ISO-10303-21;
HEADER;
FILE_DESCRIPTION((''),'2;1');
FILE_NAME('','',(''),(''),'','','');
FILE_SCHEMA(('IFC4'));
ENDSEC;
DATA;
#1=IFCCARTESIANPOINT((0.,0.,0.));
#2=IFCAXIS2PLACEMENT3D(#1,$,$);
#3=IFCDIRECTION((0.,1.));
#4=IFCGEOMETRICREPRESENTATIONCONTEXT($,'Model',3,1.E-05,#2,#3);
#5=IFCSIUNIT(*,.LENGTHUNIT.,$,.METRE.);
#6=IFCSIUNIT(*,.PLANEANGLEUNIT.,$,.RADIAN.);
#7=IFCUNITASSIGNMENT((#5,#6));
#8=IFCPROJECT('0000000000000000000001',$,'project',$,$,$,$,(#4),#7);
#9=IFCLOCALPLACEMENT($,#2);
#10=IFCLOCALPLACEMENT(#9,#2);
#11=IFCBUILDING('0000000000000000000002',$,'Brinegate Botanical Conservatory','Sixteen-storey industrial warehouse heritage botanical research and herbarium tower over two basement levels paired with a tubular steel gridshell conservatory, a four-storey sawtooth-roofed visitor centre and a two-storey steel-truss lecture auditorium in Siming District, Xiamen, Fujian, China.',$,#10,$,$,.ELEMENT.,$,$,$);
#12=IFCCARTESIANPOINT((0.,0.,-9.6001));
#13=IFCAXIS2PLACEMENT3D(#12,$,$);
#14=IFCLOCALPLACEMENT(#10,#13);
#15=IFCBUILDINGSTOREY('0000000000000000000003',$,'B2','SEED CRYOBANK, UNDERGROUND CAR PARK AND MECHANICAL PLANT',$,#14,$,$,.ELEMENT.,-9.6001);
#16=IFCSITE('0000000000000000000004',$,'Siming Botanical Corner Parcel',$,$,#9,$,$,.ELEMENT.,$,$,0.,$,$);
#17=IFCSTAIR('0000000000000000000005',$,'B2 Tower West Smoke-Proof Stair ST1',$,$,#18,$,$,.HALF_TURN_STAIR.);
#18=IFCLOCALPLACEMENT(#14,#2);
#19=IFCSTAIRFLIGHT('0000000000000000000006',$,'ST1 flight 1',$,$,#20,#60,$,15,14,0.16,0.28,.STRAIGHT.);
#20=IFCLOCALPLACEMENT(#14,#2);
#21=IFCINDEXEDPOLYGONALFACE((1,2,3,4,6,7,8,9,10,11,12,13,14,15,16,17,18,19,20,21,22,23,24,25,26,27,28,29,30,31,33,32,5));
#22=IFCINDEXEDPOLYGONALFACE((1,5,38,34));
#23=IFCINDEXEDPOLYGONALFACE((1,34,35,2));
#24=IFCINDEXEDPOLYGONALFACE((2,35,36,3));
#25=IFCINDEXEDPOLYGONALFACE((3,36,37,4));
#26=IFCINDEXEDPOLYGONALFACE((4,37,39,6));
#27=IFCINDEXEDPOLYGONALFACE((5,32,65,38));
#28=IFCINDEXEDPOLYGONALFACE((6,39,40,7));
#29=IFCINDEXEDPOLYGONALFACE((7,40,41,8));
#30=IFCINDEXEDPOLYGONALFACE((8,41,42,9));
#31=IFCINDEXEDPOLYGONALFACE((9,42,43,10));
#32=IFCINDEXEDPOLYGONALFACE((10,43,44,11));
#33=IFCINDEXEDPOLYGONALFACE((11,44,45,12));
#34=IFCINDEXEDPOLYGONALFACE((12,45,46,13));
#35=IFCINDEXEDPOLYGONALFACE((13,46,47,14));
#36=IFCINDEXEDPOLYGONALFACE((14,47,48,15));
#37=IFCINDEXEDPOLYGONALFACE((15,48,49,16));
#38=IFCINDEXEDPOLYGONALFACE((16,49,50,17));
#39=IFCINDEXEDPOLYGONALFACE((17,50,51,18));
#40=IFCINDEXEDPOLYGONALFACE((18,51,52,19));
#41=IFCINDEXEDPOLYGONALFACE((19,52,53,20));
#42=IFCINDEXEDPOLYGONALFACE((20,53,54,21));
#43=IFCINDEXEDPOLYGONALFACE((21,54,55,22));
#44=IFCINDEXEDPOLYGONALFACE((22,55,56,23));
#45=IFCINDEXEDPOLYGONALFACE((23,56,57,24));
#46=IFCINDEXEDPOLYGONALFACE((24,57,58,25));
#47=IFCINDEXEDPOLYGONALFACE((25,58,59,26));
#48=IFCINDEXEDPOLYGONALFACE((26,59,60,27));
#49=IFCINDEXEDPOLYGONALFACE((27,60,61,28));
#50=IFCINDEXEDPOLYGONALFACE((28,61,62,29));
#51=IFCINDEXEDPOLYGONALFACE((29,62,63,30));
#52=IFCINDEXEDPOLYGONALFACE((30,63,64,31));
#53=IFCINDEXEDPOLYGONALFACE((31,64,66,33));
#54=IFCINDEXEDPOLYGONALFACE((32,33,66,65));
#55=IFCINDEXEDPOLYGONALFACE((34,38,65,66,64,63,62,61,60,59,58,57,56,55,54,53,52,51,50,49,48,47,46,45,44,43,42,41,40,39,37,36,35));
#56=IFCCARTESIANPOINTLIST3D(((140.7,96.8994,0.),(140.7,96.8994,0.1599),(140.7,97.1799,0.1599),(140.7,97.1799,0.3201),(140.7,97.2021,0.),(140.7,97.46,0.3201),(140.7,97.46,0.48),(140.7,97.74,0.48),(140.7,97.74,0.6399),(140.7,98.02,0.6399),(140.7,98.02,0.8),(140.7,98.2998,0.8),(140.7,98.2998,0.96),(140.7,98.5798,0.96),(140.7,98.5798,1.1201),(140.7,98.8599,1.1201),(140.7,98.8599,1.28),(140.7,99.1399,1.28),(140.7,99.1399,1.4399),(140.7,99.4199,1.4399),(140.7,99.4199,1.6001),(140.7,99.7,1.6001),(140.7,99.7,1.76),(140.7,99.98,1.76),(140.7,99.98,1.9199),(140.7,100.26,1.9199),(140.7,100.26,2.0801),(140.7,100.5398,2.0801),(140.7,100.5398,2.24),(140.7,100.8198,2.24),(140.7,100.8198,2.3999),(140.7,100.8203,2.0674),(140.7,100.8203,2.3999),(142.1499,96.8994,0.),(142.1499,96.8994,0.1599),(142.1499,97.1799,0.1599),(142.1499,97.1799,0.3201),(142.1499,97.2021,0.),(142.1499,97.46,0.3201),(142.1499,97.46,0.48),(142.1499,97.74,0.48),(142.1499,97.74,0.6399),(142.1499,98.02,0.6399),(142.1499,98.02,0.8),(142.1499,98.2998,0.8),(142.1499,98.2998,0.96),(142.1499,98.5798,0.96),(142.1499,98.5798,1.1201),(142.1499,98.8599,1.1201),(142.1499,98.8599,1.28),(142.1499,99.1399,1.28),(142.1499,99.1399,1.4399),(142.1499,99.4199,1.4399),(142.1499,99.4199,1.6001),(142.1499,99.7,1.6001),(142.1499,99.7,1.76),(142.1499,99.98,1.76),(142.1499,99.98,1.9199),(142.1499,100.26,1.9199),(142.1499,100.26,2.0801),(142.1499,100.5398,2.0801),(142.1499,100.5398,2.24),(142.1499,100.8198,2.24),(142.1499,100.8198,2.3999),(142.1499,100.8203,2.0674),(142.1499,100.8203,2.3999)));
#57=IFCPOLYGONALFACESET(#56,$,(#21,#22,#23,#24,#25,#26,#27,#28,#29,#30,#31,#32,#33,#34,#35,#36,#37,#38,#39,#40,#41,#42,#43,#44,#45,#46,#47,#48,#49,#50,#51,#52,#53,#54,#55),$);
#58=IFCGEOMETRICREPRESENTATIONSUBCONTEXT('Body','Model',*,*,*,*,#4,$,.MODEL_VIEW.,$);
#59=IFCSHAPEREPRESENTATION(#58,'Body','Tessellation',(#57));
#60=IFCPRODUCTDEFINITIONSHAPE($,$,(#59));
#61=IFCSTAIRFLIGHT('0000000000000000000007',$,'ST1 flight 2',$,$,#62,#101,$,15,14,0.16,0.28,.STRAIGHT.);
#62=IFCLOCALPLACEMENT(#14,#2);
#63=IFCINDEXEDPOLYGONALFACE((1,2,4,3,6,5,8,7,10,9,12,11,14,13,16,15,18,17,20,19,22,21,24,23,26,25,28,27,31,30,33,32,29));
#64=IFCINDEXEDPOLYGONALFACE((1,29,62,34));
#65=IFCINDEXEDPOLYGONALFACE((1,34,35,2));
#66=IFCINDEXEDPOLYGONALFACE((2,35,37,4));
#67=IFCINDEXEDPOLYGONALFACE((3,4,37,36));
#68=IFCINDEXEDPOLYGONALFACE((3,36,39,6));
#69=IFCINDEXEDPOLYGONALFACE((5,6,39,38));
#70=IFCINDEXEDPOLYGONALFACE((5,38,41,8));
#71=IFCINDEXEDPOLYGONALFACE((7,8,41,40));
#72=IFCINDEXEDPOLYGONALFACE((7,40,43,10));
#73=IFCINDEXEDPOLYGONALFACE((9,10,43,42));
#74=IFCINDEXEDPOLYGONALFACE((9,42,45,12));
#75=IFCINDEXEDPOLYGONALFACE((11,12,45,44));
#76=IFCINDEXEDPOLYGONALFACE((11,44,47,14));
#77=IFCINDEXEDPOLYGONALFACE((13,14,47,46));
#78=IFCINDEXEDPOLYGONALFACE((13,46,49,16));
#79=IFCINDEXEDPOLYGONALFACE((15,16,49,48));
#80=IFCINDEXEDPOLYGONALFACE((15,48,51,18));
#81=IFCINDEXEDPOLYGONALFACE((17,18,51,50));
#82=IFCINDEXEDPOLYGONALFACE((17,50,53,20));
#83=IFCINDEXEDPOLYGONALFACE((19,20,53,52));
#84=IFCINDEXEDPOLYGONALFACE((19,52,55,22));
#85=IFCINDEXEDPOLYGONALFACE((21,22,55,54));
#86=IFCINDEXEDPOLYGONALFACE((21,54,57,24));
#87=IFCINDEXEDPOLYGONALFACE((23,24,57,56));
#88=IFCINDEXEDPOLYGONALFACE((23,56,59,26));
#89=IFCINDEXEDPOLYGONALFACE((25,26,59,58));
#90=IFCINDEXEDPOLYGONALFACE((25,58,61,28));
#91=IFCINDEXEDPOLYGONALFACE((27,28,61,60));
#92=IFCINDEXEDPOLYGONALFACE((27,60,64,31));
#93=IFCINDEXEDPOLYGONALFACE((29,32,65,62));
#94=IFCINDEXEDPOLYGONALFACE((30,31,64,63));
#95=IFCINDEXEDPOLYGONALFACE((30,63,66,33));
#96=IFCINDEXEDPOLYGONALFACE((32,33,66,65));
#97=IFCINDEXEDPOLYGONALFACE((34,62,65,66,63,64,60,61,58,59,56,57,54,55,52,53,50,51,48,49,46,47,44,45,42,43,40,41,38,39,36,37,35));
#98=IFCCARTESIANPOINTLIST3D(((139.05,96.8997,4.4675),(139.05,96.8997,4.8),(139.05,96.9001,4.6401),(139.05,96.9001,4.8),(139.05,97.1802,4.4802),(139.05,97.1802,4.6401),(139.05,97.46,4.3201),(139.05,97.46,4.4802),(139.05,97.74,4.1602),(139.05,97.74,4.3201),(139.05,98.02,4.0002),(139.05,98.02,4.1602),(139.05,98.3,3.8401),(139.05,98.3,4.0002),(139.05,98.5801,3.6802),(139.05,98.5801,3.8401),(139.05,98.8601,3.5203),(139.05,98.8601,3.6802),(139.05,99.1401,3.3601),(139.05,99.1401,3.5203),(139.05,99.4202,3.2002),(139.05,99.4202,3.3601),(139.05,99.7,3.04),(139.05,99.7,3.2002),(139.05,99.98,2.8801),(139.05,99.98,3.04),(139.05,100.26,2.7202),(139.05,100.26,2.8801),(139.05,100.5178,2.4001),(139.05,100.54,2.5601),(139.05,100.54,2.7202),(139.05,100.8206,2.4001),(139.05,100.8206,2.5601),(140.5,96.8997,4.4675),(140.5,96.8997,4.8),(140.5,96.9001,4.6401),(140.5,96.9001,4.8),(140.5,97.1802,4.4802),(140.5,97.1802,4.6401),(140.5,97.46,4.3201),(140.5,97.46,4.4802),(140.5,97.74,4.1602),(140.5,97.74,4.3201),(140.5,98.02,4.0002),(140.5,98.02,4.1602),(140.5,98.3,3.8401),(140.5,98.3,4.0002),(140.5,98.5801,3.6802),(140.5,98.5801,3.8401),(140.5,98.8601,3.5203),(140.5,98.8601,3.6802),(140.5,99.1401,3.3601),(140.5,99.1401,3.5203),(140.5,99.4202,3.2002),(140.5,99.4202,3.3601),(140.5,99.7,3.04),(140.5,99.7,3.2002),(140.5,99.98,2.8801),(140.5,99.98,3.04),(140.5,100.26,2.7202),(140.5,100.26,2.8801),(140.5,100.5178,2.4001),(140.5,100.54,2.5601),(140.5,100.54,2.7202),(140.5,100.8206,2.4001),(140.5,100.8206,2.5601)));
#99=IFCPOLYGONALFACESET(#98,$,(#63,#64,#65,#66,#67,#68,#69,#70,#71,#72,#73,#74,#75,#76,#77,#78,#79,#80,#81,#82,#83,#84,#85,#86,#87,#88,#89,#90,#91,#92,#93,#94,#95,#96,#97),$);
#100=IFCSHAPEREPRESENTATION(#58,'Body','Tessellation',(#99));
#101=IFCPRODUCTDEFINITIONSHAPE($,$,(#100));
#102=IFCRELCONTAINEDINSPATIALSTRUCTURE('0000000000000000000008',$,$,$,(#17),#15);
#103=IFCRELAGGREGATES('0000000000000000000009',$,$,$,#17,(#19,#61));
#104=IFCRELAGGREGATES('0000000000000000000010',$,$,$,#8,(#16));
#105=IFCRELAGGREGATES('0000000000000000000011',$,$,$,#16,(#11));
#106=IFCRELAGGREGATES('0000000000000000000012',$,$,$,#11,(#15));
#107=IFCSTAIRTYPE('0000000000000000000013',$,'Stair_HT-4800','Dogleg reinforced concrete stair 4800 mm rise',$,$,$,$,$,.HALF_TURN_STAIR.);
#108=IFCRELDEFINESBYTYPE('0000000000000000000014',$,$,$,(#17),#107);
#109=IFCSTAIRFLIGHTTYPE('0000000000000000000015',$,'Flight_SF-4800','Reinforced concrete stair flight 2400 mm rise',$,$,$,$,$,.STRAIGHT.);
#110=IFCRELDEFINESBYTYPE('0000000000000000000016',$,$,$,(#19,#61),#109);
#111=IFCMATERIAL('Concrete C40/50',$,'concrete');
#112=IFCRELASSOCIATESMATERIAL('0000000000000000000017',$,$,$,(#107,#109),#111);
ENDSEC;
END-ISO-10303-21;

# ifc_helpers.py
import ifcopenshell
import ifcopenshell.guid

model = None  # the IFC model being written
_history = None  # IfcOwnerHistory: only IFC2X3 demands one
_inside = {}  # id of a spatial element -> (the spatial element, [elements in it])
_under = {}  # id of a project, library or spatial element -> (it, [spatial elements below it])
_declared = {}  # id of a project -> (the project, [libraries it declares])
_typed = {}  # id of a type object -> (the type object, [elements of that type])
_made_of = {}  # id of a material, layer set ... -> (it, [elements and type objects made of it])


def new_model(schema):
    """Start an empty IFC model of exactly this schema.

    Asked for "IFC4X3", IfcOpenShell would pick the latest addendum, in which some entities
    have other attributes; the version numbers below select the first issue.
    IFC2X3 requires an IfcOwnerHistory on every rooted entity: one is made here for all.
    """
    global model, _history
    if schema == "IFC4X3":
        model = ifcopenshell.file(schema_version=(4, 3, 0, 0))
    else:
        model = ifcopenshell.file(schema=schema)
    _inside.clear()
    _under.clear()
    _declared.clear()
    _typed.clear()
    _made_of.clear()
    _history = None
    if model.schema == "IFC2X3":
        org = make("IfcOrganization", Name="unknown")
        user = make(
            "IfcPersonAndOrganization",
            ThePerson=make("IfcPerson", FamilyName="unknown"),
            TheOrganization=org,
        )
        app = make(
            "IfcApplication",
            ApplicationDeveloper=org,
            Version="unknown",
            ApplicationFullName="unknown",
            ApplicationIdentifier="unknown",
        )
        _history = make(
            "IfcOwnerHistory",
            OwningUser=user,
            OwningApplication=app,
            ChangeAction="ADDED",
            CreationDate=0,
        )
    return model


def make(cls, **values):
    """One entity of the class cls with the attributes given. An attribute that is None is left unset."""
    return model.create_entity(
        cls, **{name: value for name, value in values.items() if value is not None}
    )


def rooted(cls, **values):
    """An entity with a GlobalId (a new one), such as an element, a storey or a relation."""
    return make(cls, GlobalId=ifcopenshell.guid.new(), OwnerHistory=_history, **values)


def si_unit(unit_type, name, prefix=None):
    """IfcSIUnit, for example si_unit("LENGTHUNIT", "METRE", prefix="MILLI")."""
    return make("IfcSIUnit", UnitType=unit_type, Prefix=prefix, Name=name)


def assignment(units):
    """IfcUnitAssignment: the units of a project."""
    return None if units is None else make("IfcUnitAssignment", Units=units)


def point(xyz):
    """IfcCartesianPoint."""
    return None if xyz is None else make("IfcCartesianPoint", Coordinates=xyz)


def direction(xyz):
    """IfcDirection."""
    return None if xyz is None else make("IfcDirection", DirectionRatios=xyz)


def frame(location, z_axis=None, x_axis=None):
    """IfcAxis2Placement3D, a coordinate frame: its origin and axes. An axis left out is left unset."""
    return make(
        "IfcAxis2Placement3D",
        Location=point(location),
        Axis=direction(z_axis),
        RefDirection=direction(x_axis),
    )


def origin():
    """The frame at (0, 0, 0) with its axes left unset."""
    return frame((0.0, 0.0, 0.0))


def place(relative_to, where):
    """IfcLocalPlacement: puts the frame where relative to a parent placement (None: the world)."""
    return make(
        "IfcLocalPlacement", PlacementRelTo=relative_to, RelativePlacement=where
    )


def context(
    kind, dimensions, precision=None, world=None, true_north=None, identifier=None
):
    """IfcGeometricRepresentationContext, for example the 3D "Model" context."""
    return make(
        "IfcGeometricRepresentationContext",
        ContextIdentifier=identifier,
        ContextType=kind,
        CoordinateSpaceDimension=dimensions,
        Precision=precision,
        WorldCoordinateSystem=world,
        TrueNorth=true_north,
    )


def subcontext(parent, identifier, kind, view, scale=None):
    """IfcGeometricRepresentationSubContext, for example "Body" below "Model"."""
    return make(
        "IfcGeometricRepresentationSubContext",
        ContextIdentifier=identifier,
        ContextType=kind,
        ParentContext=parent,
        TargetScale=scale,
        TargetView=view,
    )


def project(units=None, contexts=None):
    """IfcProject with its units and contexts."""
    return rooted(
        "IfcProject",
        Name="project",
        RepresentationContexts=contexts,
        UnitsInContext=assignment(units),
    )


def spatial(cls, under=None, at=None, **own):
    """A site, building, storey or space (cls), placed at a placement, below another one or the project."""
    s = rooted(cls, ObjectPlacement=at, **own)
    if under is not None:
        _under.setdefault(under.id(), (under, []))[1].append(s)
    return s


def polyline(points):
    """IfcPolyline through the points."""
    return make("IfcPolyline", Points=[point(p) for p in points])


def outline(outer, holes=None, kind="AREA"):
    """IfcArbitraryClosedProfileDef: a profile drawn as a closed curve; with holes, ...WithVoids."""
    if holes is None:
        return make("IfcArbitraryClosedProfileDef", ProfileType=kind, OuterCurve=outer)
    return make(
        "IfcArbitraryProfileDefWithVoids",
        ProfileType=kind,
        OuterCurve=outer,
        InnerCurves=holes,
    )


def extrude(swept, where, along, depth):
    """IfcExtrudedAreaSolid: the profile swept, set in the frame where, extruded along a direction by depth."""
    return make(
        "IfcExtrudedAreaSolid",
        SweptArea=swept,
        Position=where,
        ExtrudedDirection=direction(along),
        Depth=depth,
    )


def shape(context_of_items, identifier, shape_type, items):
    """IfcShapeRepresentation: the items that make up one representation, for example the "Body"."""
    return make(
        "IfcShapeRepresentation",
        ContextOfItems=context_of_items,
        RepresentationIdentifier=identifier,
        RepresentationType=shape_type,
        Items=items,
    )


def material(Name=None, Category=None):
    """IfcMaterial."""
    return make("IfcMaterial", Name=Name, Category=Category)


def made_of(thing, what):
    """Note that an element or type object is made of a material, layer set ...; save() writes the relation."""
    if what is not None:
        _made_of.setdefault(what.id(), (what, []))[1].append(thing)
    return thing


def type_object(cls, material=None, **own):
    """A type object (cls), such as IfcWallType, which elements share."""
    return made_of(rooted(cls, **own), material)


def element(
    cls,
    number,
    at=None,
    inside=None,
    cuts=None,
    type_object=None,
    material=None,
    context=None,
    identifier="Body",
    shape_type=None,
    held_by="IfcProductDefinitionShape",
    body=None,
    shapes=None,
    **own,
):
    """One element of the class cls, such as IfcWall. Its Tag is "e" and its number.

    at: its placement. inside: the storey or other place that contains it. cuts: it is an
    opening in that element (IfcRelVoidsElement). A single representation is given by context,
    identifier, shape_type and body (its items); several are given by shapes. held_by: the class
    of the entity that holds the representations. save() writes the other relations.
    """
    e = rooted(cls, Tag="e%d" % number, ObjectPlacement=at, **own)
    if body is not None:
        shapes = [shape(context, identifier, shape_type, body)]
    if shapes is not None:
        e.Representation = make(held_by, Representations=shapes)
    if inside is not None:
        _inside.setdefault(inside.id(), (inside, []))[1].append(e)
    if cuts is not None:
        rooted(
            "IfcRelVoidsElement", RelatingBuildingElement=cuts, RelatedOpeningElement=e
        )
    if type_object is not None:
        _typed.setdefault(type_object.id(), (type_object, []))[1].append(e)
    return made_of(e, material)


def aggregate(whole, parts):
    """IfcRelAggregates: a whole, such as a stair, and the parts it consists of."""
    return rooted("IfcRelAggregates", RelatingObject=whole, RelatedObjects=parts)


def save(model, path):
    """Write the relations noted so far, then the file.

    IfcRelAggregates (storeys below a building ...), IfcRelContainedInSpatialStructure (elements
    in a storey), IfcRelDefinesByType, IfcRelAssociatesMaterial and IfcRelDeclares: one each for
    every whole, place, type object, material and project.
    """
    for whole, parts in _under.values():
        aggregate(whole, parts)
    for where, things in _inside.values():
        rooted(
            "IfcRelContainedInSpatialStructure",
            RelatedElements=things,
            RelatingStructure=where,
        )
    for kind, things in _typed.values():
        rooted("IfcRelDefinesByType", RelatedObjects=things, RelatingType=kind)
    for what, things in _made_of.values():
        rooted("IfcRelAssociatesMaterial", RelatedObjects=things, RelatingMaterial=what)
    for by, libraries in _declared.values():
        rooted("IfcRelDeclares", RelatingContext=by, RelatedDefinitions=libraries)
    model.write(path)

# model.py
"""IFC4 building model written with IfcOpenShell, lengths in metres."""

from ifc_helpers import new_model, si_unit, direction, frame, origin, place, context, subcontext, project, spatial, polyline, outline, extrude, material, type_object, element, aggregate, save


model = new_model("IFC4")

# Units and contexts
model_context = context("Model", 3, precision=1e-05, world=origin(), true_north=direction((0.0, 1.0)))
body_context = subcontext(model_context, "Body", "Model", "MODEL_VIEW")
ifc_project = project(units=[si_unit("LENGTHUNIT", "METRE"), si_unit("PLANEANGLEUNIT", "RADIAN")], contexts=[model_context])

# Site, building, storey
site_placement = place(None, origin())
site = spatial("IfcSite", under=ifc_project, at=site_placement, Name="Siming Botanical Corner Parcel", CompositionType="ELEMENT", RefElevation=0.0)
building_placement = place(site_placement, origin())
building = spatial("IfcBuilding", under=site, at=building_placement, Name="Brinegate Botanical Conservatory", Description="Sixteen-storey industrial warehouse heritage botanical research and herbarium tower over two basement levels paired with a tubular steel gridshell conservatory, a four-storey sawtooth-roofed visitor centre and a two-storey steel-truss lecture auditorium in Siming District, Xiamen, Fujian, China.", CompositionType="ELEMENT")
storey_placement = place(building_placement, frame((0.0, 0.0, -9.6001)))
storey = spatial("IfcBuildingStorey", under=building, at=storey_placement, Name="B2", Description="SEED CRYOBANK, UNDERGROUND CAR PARK AND MECHANICAL PLANT", CompositionType="ELEMENT", Elevation=-9.6001)

# Shared definitions
ifc_material_1 = material(Name="Concrete C40/50", Category="concrete")

# Stair, stair flights
stair_type = type_object("IfcStairType", Name="Stair_HT-4800", Description="Dogleg reinforced concrete stair 4800 mm rise", PredefinedType="HALF_TURN_STAIR", material=ifc_material_1)
stair_placement = place(storey_placement, origin())
stair = element("IfcStair", 1, at=stair_placement, inside=storey, type_object=stair_type, Name="B2 Tower West Smoke-Proof Stair ST1", PredefinedType="HALF_TURN_STAIR")
stair_flight_type = type_object("IfcStairFlightType", Name="Flight_SF-4800", Description="Reinforced concrete stair flight 2400 mm rise", PredefinedType="STRAIGHT", material=ifc_material_1)
stair_flight_1_placement = place(storey_placement, frame((141.425, 96.8999, 0.0), z_axis=(0.0, 0.0, 1.0), x_axis=(0.0, 1.0, 0.0)))
stair_flight_1 = element("IfcStairFlight", 2, at=stair_flight_1_placement, type_object=stair_flight_type, Name="ST1 flight 1", NumberOfRisers=15, NumberOfTreads=14, PredefinedType="STRAIGHT", RiserHeight=0.16, TreadLength=0.28, context=body_context, shape_type="SweptSolid", body=[
    extrude(outline(polyline([(-0.0005, 0.0), (-0.0005, 0.1599), (0.28, 0.1599), (0.28, 0.3201), (0.5601, 0.3201), (0.5601, 0.48), (0.8401, 0.48), (0.8401, 0.6399), (1.1201, 0.6399), (1.1201, 0.8), (1.3999, 0.8), (1.3999, 0.96), (1.6799, 0.96), (1.6799, 1.1201), (1.96, 1.1201), (1.96, 1.28), (2.24, 1.28), (2.24, 1.4399), (2.52, 1.4399), (2.52, 1.6001), (2.8, 1.6001), (2.8, 1.76), (3.0801, 1.76), (3.0801, 1.9199), (3.3601, 1.9199), (3.3601, 2.0801), (3.6399, 2.0801), (3.6399, 2.24), (3.9199, 2.24), (3.9199, 2.3999), (3.9204, 2.3999), (3.9204, 2.0674), (0.3022, 0.0), (-0.0005, 0.0)])), frame((0.0, 0.7251, 0.0), z_axis=(0.0, -1.0, 0.0), x_axis=(1.0, 0.0, 0.0)), (0.0, 0.0, 1.0), 1.45),
])
stair_flight_2_placement = place(storey_placement, frame((139.7749, 100.8201, 2.4001), z_axis=(0.0, 0.0, 1.0), x_axis=(0.0, -1.0, 0.0)))
stair_flight_2 = element("IfcStairFlight", 3, at=stair_flight_2_placement, type_object=stair_flight_type, Name="ST1 flight 2", NumberOfRisers=15, NumberOfTreads=14, PredefinedType="STRAIGHT", RiserHeight=0.16, TreadLength=0.28, context=body_context, shape_type="SweptSolid", body=[
    extrude(outline(polyline([(-0.0005, 0.0), (-0.0005, 0.1599), (0.28, 0.1599), (0.28, 0.3201), (0.5601, 0.3201), (0.5601, 0.48), (0.8401, 0.48), (0.8401, 0.6399), (1.1201, 0.6399), (1.1201, 0.8), (1.3999, 0.8), (1.3999, 0.96), (1.6799, 0.96), (1.6799, 1.1201), (1.96, 1.1201), (1.96, 1.28), (2.24, 1.28), (2.24, 1.4399), (2.52, 1.4399), (2.52, 1.6001), (2.8, 1.6001), (2.8, 1.76), (3.0801, 1.76), (3.0801, 1.9199), (3.3601, 1.9199), (3.3601, 2.0801), (3.6399, 2.0801), (3.6399, 2.24), (3.9199, 2.24), (3.9199, 2.3999), (3.9204, 2.3999), (3.9204, 2.0674), (0.3022, 0.0), (-0.0005, 0.0)])), frame((0.0, 0.7251, 0.0), z_axis=(0.0, -1.0, 0.0), x_axis=(1.0, 0.0, 0.0)), (0.0, 0.0, 1.0), 1.45),
])
aggregate(stair, [stair_flight_1, stair_flight_2])

save(model, "model.ifc")
